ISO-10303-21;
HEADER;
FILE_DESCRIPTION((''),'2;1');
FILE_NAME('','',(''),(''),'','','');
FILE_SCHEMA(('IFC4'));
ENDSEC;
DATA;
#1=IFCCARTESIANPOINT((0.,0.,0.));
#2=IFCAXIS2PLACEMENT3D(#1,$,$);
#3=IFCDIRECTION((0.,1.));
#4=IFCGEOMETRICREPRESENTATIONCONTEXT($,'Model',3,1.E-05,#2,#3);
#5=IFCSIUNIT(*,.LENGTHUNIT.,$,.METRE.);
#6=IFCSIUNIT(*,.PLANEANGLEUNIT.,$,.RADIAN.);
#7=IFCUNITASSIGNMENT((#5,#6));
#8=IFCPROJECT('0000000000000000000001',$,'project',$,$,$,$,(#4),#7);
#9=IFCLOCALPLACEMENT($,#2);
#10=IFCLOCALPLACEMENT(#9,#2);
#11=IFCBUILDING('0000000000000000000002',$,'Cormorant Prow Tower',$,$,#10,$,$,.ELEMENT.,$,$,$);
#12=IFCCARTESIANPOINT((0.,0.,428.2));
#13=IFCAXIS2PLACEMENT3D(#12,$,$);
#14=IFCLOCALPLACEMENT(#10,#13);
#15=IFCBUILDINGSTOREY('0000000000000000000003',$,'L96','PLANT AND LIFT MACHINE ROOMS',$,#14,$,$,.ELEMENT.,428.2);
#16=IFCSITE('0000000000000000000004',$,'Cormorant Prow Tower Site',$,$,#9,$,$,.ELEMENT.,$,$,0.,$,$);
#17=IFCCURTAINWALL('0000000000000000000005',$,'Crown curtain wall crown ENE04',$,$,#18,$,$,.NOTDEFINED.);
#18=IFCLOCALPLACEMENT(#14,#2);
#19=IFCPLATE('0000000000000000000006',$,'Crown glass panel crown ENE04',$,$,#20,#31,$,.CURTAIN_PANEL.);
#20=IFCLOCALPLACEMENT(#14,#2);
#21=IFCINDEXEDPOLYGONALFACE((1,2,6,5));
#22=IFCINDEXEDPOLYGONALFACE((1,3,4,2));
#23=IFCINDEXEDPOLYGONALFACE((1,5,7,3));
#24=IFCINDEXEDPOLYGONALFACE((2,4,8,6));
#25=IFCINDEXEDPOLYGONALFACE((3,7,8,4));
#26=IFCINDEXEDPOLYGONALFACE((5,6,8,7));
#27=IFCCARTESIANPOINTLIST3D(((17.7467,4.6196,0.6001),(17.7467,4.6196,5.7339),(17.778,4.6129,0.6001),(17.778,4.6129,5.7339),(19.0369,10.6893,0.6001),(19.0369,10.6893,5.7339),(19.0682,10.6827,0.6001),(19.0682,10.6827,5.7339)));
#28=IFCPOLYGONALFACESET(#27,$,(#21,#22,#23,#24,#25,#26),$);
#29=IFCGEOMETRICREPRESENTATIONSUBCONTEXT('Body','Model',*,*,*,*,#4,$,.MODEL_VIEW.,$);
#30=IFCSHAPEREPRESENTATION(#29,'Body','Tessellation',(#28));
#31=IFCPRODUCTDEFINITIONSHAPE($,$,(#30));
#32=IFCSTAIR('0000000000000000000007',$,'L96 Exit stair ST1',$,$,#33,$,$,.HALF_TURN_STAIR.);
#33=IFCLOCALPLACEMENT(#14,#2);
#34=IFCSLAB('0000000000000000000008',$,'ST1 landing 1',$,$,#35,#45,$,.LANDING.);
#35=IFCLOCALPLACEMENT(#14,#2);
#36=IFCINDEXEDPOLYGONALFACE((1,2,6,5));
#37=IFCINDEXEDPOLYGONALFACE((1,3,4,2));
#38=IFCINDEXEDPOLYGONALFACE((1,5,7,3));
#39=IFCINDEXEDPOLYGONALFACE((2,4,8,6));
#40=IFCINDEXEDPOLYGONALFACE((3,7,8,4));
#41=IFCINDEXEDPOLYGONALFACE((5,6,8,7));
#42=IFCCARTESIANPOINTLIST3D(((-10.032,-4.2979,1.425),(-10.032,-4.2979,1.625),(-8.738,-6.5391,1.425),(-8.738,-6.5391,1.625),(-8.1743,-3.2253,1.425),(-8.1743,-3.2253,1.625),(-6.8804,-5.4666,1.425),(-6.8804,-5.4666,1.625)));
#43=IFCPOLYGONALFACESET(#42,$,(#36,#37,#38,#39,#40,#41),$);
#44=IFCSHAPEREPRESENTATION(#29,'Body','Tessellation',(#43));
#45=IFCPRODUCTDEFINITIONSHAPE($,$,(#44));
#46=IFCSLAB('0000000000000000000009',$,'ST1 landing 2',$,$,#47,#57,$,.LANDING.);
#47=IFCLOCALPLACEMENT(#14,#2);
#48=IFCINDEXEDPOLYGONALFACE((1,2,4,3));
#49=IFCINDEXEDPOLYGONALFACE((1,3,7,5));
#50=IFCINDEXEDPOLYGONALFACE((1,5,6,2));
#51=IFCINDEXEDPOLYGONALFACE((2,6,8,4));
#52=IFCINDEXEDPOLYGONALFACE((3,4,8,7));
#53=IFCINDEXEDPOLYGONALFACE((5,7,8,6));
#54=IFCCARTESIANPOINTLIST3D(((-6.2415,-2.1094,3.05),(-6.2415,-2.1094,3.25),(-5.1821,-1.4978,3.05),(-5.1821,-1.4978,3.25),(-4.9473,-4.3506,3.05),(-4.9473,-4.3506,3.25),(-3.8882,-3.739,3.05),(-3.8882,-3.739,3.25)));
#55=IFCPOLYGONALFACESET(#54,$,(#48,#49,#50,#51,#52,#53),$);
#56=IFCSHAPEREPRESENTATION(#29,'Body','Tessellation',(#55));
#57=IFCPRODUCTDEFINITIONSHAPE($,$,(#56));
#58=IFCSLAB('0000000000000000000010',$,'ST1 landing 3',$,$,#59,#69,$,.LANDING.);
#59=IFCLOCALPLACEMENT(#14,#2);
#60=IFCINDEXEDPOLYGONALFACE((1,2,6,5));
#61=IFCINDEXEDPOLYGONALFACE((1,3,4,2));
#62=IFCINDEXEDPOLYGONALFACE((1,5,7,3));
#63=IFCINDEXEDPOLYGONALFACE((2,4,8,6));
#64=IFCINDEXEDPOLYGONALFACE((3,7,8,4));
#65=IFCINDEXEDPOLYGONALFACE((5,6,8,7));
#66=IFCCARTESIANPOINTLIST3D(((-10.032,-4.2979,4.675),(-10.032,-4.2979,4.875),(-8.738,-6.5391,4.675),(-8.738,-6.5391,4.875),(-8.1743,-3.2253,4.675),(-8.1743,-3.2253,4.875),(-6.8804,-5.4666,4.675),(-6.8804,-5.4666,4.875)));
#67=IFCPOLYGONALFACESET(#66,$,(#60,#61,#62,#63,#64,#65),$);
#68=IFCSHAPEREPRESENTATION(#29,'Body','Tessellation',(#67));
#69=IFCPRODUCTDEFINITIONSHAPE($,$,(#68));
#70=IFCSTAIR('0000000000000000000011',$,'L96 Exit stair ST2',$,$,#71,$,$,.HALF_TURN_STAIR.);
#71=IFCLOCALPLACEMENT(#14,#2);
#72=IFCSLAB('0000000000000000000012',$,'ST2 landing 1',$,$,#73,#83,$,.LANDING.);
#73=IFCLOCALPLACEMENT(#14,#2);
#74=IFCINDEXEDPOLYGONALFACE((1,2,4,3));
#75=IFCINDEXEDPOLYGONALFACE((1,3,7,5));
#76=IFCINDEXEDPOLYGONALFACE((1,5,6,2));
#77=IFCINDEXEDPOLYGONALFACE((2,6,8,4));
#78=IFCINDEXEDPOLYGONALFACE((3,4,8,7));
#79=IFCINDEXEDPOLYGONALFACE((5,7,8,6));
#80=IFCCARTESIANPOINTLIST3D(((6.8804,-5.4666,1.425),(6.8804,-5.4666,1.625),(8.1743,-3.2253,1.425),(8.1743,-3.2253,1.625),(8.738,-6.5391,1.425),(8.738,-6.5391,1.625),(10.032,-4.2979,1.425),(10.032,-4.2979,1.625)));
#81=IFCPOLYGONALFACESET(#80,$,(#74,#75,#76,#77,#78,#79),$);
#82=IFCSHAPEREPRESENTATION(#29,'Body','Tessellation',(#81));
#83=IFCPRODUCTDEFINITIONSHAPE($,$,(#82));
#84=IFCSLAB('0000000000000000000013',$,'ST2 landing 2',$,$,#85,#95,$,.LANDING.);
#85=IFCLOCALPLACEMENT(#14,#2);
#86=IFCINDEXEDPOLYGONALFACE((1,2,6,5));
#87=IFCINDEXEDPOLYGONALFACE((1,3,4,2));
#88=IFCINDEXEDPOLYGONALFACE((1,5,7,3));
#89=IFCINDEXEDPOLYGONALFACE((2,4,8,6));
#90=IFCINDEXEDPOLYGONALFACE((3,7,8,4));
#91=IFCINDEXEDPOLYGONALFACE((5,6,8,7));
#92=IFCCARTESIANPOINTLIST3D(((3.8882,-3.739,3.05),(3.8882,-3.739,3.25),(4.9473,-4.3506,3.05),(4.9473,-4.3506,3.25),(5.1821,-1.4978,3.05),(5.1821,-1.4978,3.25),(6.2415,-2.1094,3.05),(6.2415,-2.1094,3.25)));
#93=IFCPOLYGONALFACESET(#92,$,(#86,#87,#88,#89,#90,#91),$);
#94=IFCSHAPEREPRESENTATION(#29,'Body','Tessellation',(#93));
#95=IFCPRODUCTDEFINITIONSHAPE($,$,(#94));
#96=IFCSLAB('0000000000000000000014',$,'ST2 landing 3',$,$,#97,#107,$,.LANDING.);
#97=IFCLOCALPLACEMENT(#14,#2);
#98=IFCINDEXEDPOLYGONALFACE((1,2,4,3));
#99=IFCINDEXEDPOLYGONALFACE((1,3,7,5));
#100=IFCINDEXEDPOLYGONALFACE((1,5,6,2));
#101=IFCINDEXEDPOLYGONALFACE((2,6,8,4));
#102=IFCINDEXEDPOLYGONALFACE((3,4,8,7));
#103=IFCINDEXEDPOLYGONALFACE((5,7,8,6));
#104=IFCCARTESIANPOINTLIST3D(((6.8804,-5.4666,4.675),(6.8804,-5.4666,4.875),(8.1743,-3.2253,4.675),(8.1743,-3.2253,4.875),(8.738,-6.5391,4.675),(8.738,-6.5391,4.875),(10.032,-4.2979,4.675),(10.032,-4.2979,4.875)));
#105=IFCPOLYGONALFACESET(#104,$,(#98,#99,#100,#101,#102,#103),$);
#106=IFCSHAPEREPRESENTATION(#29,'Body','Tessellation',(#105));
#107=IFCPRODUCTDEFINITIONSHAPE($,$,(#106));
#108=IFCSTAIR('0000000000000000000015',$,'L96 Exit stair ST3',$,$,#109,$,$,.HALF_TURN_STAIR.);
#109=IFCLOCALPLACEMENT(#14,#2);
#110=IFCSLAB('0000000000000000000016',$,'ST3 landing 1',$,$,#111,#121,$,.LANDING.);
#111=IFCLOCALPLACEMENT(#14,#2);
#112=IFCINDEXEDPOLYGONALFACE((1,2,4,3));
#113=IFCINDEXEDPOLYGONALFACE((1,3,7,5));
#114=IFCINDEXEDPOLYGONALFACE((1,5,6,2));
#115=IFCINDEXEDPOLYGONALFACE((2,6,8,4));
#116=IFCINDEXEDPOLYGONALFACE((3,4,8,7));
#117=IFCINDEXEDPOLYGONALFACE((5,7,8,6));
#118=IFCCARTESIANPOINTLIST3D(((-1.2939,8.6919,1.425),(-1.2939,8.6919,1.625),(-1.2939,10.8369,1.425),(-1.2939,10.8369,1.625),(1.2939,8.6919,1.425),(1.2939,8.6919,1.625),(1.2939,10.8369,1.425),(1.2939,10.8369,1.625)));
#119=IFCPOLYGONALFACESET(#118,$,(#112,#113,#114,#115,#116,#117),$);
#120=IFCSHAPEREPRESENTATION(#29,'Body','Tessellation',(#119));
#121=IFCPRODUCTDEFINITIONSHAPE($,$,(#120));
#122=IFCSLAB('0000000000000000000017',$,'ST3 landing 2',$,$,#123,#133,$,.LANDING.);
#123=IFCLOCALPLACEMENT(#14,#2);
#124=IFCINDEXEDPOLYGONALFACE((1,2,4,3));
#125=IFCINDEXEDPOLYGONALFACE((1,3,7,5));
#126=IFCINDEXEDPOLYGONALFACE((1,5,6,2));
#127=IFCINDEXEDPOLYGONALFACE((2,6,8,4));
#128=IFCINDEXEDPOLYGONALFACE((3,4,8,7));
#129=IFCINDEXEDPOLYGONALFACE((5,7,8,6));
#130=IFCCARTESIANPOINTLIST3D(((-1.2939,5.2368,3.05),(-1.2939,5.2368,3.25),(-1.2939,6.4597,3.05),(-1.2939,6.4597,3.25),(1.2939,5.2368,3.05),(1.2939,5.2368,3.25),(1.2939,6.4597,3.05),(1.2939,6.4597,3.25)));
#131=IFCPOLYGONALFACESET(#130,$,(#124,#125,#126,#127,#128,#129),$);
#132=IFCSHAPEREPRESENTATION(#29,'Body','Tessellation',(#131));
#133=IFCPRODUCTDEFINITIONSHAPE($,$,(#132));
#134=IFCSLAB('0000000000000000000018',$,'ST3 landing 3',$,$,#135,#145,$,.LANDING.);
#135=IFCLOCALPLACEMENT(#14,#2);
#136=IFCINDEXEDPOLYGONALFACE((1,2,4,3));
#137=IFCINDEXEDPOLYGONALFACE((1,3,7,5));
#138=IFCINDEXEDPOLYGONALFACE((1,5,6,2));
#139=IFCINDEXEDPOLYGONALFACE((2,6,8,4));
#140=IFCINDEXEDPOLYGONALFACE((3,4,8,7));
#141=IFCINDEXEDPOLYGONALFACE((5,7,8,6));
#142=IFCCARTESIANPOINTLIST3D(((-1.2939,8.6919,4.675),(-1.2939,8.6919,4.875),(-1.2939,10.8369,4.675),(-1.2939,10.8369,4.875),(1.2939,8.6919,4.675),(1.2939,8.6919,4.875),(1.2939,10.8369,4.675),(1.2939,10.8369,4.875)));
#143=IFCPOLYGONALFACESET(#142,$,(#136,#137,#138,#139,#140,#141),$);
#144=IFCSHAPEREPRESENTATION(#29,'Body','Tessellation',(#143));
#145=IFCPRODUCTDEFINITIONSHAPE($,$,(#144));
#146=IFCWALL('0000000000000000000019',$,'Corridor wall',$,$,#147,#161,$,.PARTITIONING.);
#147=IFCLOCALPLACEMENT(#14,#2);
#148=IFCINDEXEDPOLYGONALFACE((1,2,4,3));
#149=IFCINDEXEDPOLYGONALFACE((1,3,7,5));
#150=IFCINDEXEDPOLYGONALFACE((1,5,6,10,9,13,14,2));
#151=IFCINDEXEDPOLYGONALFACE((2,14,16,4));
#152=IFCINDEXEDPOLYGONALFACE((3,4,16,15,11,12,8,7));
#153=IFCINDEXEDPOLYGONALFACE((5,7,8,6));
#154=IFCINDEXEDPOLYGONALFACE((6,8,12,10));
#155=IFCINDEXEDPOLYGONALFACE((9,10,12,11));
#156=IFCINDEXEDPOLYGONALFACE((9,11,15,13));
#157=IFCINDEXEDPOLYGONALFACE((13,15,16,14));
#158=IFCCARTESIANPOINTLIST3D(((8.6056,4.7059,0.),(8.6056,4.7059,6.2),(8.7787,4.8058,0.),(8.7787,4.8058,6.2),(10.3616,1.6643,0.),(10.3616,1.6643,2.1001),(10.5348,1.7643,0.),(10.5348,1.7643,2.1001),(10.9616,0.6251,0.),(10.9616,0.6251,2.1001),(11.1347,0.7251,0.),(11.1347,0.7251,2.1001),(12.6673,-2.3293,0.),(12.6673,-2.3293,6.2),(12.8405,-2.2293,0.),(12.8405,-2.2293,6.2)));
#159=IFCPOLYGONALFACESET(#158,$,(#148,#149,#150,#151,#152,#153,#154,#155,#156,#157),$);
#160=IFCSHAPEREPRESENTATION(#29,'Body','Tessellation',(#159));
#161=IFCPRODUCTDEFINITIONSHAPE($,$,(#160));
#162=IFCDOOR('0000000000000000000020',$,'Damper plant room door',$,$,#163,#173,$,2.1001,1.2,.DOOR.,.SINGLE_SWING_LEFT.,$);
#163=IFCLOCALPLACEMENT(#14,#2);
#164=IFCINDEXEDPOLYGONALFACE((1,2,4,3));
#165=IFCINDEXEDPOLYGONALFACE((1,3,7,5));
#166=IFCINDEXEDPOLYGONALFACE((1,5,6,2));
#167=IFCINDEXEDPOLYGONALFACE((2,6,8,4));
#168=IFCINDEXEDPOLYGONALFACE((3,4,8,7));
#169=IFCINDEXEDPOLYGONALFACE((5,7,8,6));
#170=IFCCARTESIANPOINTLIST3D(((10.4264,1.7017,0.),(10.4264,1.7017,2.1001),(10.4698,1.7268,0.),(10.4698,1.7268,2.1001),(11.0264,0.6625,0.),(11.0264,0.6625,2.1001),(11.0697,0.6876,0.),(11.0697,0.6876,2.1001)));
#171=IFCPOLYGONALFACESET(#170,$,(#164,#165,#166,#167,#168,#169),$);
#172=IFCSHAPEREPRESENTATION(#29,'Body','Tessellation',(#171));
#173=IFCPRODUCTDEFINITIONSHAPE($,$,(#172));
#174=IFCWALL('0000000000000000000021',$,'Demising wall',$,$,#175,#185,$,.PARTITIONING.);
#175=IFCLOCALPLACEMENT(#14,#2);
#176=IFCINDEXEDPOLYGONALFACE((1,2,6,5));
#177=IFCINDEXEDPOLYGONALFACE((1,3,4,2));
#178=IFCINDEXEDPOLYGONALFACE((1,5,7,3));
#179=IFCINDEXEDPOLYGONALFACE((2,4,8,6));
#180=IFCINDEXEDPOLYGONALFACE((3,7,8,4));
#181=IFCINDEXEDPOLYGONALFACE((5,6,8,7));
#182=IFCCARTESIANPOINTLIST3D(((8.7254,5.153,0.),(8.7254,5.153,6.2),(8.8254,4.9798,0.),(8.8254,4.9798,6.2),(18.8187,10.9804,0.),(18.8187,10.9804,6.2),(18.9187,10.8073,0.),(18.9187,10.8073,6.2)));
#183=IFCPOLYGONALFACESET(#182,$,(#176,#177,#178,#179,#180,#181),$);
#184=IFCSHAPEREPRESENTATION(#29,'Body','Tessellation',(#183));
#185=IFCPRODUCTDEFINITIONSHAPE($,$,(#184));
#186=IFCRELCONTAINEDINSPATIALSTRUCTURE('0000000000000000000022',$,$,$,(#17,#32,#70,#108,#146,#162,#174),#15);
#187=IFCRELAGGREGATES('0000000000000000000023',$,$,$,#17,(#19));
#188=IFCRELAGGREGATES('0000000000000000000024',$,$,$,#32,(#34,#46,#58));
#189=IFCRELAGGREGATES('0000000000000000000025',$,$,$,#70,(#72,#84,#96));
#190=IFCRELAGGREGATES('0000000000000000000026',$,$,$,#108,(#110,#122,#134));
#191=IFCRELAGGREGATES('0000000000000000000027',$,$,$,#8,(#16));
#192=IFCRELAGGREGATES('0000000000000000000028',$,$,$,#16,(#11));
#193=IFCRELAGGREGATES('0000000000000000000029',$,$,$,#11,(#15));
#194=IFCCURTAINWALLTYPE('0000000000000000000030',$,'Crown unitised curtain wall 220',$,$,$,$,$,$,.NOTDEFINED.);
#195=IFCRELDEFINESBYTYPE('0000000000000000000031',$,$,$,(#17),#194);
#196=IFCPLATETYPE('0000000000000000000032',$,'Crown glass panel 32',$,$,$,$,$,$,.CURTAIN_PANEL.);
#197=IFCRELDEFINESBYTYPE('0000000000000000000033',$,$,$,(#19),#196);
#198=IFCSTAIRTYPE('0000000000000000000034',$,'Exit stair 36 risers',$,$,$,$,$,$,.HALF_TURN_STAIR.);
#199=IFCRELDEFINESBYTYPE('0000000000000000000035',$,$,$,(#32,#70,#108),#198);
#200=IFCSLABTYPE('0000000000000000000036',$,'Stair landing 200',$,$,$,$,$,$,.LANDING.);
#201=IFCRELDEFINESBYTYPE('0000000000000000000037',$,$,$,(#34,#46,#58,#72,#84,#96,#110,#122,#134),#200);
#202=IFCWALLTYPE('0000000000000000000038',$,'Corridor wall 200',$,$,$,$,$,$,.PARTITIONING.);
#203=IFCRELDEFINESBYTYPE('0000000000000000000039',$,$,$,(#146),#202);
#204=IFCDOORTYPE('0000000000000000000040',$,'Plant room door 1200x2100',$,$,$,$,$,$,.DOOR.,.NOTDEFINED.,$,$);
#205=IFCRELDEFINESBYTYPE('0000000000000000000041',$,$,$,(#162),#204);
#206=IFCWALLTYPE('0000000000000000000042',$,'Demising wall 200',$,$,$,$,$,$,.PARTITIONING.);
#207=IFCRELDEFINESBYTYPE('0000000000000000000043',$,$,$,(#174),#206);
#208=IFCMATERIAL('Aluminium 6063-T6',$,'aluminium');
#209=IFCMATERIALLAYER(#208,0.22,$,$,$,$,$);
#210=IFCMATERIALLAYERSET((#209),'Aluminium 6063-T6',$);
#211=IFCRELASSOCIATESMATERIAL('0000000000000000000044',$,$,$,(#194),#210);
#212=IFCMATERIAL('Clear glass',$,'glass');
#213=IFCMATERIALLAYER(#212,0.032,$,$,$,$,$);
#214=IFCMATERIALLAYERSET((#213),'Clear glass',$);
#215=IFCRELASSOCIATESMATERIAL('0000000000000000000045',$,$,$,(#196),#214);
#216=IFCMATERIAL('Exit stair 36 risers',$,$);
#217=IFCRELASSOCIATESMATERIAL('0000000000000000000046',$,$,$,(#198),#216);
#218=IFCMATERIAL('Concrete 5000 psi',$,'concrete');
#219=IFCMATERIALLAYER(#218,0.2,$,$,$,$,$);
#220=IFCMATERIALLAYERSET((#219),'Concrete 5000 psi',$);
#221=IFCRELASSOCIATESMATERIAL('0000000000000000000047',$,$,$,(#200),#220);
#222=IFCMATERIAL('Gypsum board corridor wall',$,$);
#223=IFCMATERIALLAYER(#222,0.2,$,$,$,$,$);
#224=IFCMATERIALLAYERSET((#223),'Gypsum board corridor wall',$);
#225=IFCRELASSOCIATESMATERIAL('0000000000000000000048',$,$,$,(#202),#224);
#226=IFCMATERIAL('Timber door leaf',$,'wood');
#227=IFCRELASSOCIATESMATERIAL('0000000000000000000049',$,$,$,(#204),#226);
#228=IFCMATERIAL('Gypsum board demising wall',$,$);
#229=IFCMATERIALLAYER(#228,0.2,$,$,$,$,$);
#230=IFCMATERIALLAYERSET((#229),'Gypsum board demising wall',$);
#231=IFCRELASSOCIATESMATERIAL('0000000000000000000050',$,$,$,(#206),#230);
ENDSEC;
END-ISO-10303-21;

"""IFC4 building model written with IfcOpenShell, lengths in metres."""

from ifc_helpers import new_model, si_unit, direction, frame, frame_2d, origin, origin_2d, place, context, subcontext, project, spatial, polyline, rectangle, outline, extrude, material, layer, layer_set, type_object, element, fill, aggregate, save


model = new_model("IFC4")

# Units and contexts
model_context = context("Model", 3, precision=1e-05, world=origin(), true_north=direction((0.0, 1.0)))
body_context = subcontext(model_context, "Body", "Model", "MODEL_VIEW")
ifc_project = project(units=[si_unit("LENGTHUNIT", "METRE"), si_unit("PLANEANGLEUNIT", "RADIAN")], contexts=[model_context])

# Site, building, storey
site_placement = place(None, origin())
site = spatial("IfcSite", under=ifc_project, at=site_placement, Name="Cormorant Prow Tower Site", CompositionType="ELEMENT", RefElevation=0.0)
building_placement = place(site_placement, origin())
building = spatial("IfcBuilding", under=site, at=building_placement, Name="Cormorant Prow Tower", CompositionType="ELEMENT")
storey_placement = place(building_placement, frame((0.0, 0.0, 428.2)))
storey = spatial("IfcBuildingStorey", under=building, at=storey_placement, Name="L96", Description="PLANT AND LIFT MACHINE ROOMS", CompositionType="ELEMENT", Elevation=428.2)

# Curtain wall
ifc_material_1 = material(Name="Aluminium 6063-T6", Category="aluminium")
ifc_layer_1 = layer(ifc_material_1, 0.22)
ifc_layer_set_1 = layer_set([ifc_layer_1], Name="Aluminium 6063-T6")
curtain_wall_type = type_object("IfcCurtainWallType", Name="Crown unitised curtain wall 220", PredefinedType="NOTDEFINED", material=ifc_layer_set_1)
curtain_wall_1_placement = place(storey_placement, origin())
curtain_wall_1 = element("IfcCurtainWall", 1, at=curtain_wall_1_placement, inside=storey, type_object=curtain_wall_type, Name="Crown curtain wall crown ENE04", PredefinedType="NOTDEFINED")

# Shared definitions
ifc_material_2 = material(Name="Clear glass", Category="glass")
ifc_layer_2 = layer(ifc_material_2, 0.032)
ifc_layer_set_2 = layer_set([ifc_layer_2], Name="Clear glass")
plate_type = type_object("IfcPlateType", Name="Crown glass panel 32", PredefinedType="CURTAIN_PANEL", material=ifc_layer_set_2)

# Plate
plate_1_placement = place(storey_placement, frame((18.4075, 7.6511, 0.6001), z_axis=(0.0, 0.0, 1.0), x_axis=(0.207912, 0.978148, 0.0)))
plate_1 = element("IfcPlate", 2, at=plate_1_placement, type_object=plate_type, Name="Crown glass panel crown ENE04", PredefinedType="CURTAIN_PANEL", context=body_context, shape_type="SweptSolid", body=[
    extrude(rectangle(XDim=6.2053, YDim=0.032, at=origin_2d()), origin(), (0.0, 0.0, 1.0), 5.1338),
])
aggregate(curtain_wall_1, [plate_1])

# Stairs, slabs
ifc_material_3 = material(Name="Exit stair 36 risers")
stair_type = type_object("IfcStairType", Name="Exit stair 36 risers", PredefinedType="HALF_TURN_STAIR", material=ifc_material_3)
stair_1_placement = place(storey_placement, origin())
stair_1 = element("IfcStair", 3, at=stair_1_placement, inside=storey, type_object=stair_type, Name="L96 Exit stair ST1", PredefinedType="HALF_TURN_STAIR")
ifc_material_4 = material(Name="Concrete 5000 psi", Category="concrete")
ifc_layer_3 = layer(ifc_material_4, 0.2)
ifc_layer_set_3 = layer_set([ifc_layer_3], Name="Concrete 5000 psi")
slab_type = type_object("IfcSlabType", Name="Stair landing 200", PredefinedType="LANDING", material=ifc_layer_set_3)
slab_1_placement = place(storey_placement, frame((0.0, 0.0, 1.425)))
slab_1 = element("IfcSlab", 4, at=slab_1_placement, type_object=slab_type, Name="ST1 landing 1", PredefinedType="LANDING", context=body_context, shape_type="SweptSolid", body=[
    extrude(outline(polyline([(-8.1743, -3.2253), (-10.032, -4.2979), (-8.738, -6.5391), (-6.8804, -5.4666), (-8.1743, -3.2253)])), origin(), (0.0, 0.0, 1.0), 0.2),
])
slab_2_placement = place(storey_placement, frame((0.0, 0.0, 3.05)))
slab_2 = element("IfcSlab", 5, at=slab_2_placement, type_object=slab_type, Name="ST1 landing 2", PredefinedType="LANDING", context=body_context, shape_type="SweptSolid", body=[
    extrude(outline(polyline([(-5.1821, -1.4978), (-6.2415, -2.1094), (-4.9473, -4.3506), (-3.8882, -3.739), (-5.1821, -1.4978)])), origin(), (0.0, 0.0, 1.0), 0.2),
])
slab_3_placement = place(storey_placement, frame((0.0, 0.0, 4.675)))
slab_3 = element("IfcSlab", 6, at=slab_3_placement, type_object=slab_type, Name="ST1 landing 3", PredefinedType="LANDING", context=body_context, shape_type="SweptSolid", body=[
    extrude(outline(polyline([(-8.1743, -3.2253), (-10.032, -4.2979), (-8.738, -6.5391), (-6.8804, -5.4666), (-8.1743, -3.2253)])), origin(), (0.0, 0.0, 1.0), 0.2),
])
aggregate(stair_1, [slab_1, slab_2, slab_3])
stair_2_placement = place(storey_placement, origin())
stair_2 = element("IfcStair", 7, at=stair_2_placement, inside=storey, type_object=stair_type, Name="L96 Exit stair ST2", PredefinedType="HALF_TURN_STAIR")
slab_4_placement = place(storey_placement, frame((0.0, 0.0, 1.425)))
slab_4 = element("IfcSlab", 8, at=slab_4_placement, type_object=slab_type, Name="ST2 landing 1", PredefinedType="LANDING", context=body_context, shape_type="SweptSolid", body=[
    extrude(outline(polyline([(6.8804, -5.4666), (8.738, -6.5391), (10.032, -4.2979), (8.1743, -3.2253), (6.8804, -5.4666)])), origin(), (0.0, 0.0, 1.0), 0.2),
])
slab_5_placement = place(storey_placement, frame((0.0, 0.0, 3.05)))
slab_5 = element("IfcSlab", 9, at=slab_5_placement, type_object=slab_type, Name="ST2 landing 2", PredefinedType="LANDING", context=body_context, shape_type="SweptSolid", body=[
    extrude(outline(polyline([(3.8882, -3.739), (4.9473, -4.3506), (6.2415, -2.1094), (5.1821, -1.4978), (3.8882, -3.739)])), origin(), (0.0, 0.0, 1.0), 0.2),
])
slab_6_placement = place(storey_placement, frame((0.0, 0.0, 4.675)))
slab_6 = element("IfcSlab", 10, at=slab_6_placement, type_object=slab_type, Name="ST2 landing 3", PredefinedType="LANDING", context=body_context, shape_type="SweptSolid", body=[
    extrude(outline(polyline([(6.8804, -5.4666), (8.738, -6.5391), (10.032, -4.2979), (8.1743, -3.2253), (6.8804, -5.4666)])), origin(), (0.0, 0.0, 1.0), 0.2),
])
aggregate(stair_2, [slab_4, slab_5, slab_6])
stair_3_placement = place(storey_placement, origin())
stair_3 = element("IfcStair", 11, at=stair_3_placement, inside=storey, type_object=stair_type, Name="L96 Exit stair ST3", PredefinedType="HALF_TURN_STAIR")
slab_7_placement = place(storey_placement, frame((0.0, 0.0, 1.425)))
slab_7 = element("IfcSlab", 12, at=slab_7_placement, type_object=slab_type, Name="ST3 landing 1", PredefinedType="LANDING", context=body_context, shape_type="SweptSolid", body=[
    extrude(outline(polyline([(1.2939, 8.6919), (1.2939, 10.8369), (-1.2939, 10.8369), (-1.2939, 8.6919), (1.2939, 8.6919)])), origin(), (0.0, 0.0, 1.0), 0.2),
])
slab_8_placement = place(storey_placement, frame((0.0, 0.0, 3.05)))
slab_8 = element("IfcSlab", 13, at=slab_8_placement, type_object=slab_type, Name="ST3 landing 2", PredefinedType="LANDING", context=body_context, shape_type="SweptSolid", body=[
    extrude(outline(polyline([(1.2939, 5.2368), (1.2939, 6.4597), (-1.2939, 6.4597), (-1.2939, 5.2368), (1.2939, 5.2368)])), origin(), (0.0, 0.0, 1.0), 0.2),
])
slab_9_placement = place(storey_placement, frame((0.0, 0.0, 4.675)))
slab_9 = element("IfcSlab", 14, at=slab_9_placement, type_object=slab_type, Name="ST3 landing 3", PredefinedType="LANDING", context=body_context, shape_type="SweptSolid", body=[
    extrude(outline(polyline([(1.2939, 8.6919), (1.2939, 10.8369), (-1.2939, 10.8369), (-1.2939, 8.6919), (1.2939, 8.6919)])), origin(), (0.0, 0.0, 1.0), 0.2),
])

# Wall, opening, door
ifc_material_5 = material(Name="Gypsum board corridor wall")
ifc_layer_4 = layer(ifc_material_5, 0.2)
ifc_layer_set_4 = layer_set([ifc_layer_4], Name="Gypsum board corridor wall")
wall_type_1 = type_object("IfcWallType", Name="Corridor wall 200", PredefinedType="PARTITIONING", material=ifc_layer_set_4)
wall_1_placement = place(storey_placement, frame((8.6921, 4.7559, 0.0), z_axis=(0.0, 0.0, 1.0), x_axis=(0.500002, -0.866024, 0.0)))
wall_1 = element("IfcWall", 15, at=wall_1_placement, inside=storey, type_object=wall_type_1, Name="Corridor wall", PredefinedType="PARTITIONING", context=body_context, shape_type="SweptSolid", body=[
    extrude(rectangle(XDim=8.1235, YDim=0.2, at=frame_2d((4.0618, 0.0))), origin(), (0.0, 0.0, 1.0), 6.2),
])
opening_1_placement = place(wall_1_placement, frame((3.512, 0.0, 0.0)))
opening_1 = element("IfcOpeningElement", 16, at=opening_1_placement, cuts=wall_1, PredefinedType="OPENING", context=body_context, shape_type="SweptSolid", body=[
    extrude(rectangle(XDim=1.2, YDim=2.1001, at=frame_2d((0.6001, 1.05))), frame((0.0, 0.1099, 0.0), z_axis=(0.0, -1.0, 0.0), x_axis=(1.0, 0.0, 0.0)), (0.0, 0.0, 1.0), 0.22),
])
ifc_material_6 = material(Name="Timber door leaf", Category="wood")
door_type_1 = type_object("IfcDoorType", Name="Plant room door 1200x2100", OperationType="NOTDEFINED", PredefinedType="DOOR", material=ifc_material_6)
door_1_placement = place(opening_1_placement, origin())
door_1 = element("IfcDoor", 17, at=door_1_placement, inside=storey, type_object=door_type_1, Name="Damper plant room door", OperationType="SINGLE_SWING_LEFT", OverallHeight=2.1001, OverallWidth=1.2, PredefinedType="DOOR", context=body_context, shape_type="SweptSolid", body=[
    extrude(rectangle(XDim=1.2, YDim=2.1001, at=frame_2d((0.6001, 1.05))), frame((0.0, 0.0249, 0.0), z_axis=(0.0, -1.0, 0.0), x_axis=(1.0, 0.0, 0.0)), (0.0, 0.0, 1.0), 0.05),
])
fill(opening_1, door_1)

# Wall
ifc_material_7 = material(Name="Gypsum board demising wall")
ifc_layer_5 = layer(ifc_material_7, 0.2)
ifc_layer_set_5 = layer_set([ifc_layer_5], Name="Gypsum board demising wall")
wall_type_2 = type_object("IfcWallType", Name="Demising wall 200", PredefinedType="PARTITIONING", material=ifc_layer_set_5)
wall_2_placement = place(storey_placement, frame((8.7754, 5.0664, 0.0), z_axis=(0.0, 0.0, 1.0), x_axis=(0.866024, 0.500003, 0.0)))
element("IfcWall", 18, at=wall_2_placement, inside=storey, type_object=wall_type_2, Name="Demising wall", PredefinedType="PARTITIONING", context=body_context, shape_type="SweptSolid", body=[
    extrude(rectangle(XDim=11.6548, YDim=0.2, at=frame_2d((5.8274, 0.0))), origin(), (0.0, 0.0, 1.0), 6.2),
])

aggregate(stair_3, [slab_7, slab_8, slab_9])

save(model, "model.ifc")
